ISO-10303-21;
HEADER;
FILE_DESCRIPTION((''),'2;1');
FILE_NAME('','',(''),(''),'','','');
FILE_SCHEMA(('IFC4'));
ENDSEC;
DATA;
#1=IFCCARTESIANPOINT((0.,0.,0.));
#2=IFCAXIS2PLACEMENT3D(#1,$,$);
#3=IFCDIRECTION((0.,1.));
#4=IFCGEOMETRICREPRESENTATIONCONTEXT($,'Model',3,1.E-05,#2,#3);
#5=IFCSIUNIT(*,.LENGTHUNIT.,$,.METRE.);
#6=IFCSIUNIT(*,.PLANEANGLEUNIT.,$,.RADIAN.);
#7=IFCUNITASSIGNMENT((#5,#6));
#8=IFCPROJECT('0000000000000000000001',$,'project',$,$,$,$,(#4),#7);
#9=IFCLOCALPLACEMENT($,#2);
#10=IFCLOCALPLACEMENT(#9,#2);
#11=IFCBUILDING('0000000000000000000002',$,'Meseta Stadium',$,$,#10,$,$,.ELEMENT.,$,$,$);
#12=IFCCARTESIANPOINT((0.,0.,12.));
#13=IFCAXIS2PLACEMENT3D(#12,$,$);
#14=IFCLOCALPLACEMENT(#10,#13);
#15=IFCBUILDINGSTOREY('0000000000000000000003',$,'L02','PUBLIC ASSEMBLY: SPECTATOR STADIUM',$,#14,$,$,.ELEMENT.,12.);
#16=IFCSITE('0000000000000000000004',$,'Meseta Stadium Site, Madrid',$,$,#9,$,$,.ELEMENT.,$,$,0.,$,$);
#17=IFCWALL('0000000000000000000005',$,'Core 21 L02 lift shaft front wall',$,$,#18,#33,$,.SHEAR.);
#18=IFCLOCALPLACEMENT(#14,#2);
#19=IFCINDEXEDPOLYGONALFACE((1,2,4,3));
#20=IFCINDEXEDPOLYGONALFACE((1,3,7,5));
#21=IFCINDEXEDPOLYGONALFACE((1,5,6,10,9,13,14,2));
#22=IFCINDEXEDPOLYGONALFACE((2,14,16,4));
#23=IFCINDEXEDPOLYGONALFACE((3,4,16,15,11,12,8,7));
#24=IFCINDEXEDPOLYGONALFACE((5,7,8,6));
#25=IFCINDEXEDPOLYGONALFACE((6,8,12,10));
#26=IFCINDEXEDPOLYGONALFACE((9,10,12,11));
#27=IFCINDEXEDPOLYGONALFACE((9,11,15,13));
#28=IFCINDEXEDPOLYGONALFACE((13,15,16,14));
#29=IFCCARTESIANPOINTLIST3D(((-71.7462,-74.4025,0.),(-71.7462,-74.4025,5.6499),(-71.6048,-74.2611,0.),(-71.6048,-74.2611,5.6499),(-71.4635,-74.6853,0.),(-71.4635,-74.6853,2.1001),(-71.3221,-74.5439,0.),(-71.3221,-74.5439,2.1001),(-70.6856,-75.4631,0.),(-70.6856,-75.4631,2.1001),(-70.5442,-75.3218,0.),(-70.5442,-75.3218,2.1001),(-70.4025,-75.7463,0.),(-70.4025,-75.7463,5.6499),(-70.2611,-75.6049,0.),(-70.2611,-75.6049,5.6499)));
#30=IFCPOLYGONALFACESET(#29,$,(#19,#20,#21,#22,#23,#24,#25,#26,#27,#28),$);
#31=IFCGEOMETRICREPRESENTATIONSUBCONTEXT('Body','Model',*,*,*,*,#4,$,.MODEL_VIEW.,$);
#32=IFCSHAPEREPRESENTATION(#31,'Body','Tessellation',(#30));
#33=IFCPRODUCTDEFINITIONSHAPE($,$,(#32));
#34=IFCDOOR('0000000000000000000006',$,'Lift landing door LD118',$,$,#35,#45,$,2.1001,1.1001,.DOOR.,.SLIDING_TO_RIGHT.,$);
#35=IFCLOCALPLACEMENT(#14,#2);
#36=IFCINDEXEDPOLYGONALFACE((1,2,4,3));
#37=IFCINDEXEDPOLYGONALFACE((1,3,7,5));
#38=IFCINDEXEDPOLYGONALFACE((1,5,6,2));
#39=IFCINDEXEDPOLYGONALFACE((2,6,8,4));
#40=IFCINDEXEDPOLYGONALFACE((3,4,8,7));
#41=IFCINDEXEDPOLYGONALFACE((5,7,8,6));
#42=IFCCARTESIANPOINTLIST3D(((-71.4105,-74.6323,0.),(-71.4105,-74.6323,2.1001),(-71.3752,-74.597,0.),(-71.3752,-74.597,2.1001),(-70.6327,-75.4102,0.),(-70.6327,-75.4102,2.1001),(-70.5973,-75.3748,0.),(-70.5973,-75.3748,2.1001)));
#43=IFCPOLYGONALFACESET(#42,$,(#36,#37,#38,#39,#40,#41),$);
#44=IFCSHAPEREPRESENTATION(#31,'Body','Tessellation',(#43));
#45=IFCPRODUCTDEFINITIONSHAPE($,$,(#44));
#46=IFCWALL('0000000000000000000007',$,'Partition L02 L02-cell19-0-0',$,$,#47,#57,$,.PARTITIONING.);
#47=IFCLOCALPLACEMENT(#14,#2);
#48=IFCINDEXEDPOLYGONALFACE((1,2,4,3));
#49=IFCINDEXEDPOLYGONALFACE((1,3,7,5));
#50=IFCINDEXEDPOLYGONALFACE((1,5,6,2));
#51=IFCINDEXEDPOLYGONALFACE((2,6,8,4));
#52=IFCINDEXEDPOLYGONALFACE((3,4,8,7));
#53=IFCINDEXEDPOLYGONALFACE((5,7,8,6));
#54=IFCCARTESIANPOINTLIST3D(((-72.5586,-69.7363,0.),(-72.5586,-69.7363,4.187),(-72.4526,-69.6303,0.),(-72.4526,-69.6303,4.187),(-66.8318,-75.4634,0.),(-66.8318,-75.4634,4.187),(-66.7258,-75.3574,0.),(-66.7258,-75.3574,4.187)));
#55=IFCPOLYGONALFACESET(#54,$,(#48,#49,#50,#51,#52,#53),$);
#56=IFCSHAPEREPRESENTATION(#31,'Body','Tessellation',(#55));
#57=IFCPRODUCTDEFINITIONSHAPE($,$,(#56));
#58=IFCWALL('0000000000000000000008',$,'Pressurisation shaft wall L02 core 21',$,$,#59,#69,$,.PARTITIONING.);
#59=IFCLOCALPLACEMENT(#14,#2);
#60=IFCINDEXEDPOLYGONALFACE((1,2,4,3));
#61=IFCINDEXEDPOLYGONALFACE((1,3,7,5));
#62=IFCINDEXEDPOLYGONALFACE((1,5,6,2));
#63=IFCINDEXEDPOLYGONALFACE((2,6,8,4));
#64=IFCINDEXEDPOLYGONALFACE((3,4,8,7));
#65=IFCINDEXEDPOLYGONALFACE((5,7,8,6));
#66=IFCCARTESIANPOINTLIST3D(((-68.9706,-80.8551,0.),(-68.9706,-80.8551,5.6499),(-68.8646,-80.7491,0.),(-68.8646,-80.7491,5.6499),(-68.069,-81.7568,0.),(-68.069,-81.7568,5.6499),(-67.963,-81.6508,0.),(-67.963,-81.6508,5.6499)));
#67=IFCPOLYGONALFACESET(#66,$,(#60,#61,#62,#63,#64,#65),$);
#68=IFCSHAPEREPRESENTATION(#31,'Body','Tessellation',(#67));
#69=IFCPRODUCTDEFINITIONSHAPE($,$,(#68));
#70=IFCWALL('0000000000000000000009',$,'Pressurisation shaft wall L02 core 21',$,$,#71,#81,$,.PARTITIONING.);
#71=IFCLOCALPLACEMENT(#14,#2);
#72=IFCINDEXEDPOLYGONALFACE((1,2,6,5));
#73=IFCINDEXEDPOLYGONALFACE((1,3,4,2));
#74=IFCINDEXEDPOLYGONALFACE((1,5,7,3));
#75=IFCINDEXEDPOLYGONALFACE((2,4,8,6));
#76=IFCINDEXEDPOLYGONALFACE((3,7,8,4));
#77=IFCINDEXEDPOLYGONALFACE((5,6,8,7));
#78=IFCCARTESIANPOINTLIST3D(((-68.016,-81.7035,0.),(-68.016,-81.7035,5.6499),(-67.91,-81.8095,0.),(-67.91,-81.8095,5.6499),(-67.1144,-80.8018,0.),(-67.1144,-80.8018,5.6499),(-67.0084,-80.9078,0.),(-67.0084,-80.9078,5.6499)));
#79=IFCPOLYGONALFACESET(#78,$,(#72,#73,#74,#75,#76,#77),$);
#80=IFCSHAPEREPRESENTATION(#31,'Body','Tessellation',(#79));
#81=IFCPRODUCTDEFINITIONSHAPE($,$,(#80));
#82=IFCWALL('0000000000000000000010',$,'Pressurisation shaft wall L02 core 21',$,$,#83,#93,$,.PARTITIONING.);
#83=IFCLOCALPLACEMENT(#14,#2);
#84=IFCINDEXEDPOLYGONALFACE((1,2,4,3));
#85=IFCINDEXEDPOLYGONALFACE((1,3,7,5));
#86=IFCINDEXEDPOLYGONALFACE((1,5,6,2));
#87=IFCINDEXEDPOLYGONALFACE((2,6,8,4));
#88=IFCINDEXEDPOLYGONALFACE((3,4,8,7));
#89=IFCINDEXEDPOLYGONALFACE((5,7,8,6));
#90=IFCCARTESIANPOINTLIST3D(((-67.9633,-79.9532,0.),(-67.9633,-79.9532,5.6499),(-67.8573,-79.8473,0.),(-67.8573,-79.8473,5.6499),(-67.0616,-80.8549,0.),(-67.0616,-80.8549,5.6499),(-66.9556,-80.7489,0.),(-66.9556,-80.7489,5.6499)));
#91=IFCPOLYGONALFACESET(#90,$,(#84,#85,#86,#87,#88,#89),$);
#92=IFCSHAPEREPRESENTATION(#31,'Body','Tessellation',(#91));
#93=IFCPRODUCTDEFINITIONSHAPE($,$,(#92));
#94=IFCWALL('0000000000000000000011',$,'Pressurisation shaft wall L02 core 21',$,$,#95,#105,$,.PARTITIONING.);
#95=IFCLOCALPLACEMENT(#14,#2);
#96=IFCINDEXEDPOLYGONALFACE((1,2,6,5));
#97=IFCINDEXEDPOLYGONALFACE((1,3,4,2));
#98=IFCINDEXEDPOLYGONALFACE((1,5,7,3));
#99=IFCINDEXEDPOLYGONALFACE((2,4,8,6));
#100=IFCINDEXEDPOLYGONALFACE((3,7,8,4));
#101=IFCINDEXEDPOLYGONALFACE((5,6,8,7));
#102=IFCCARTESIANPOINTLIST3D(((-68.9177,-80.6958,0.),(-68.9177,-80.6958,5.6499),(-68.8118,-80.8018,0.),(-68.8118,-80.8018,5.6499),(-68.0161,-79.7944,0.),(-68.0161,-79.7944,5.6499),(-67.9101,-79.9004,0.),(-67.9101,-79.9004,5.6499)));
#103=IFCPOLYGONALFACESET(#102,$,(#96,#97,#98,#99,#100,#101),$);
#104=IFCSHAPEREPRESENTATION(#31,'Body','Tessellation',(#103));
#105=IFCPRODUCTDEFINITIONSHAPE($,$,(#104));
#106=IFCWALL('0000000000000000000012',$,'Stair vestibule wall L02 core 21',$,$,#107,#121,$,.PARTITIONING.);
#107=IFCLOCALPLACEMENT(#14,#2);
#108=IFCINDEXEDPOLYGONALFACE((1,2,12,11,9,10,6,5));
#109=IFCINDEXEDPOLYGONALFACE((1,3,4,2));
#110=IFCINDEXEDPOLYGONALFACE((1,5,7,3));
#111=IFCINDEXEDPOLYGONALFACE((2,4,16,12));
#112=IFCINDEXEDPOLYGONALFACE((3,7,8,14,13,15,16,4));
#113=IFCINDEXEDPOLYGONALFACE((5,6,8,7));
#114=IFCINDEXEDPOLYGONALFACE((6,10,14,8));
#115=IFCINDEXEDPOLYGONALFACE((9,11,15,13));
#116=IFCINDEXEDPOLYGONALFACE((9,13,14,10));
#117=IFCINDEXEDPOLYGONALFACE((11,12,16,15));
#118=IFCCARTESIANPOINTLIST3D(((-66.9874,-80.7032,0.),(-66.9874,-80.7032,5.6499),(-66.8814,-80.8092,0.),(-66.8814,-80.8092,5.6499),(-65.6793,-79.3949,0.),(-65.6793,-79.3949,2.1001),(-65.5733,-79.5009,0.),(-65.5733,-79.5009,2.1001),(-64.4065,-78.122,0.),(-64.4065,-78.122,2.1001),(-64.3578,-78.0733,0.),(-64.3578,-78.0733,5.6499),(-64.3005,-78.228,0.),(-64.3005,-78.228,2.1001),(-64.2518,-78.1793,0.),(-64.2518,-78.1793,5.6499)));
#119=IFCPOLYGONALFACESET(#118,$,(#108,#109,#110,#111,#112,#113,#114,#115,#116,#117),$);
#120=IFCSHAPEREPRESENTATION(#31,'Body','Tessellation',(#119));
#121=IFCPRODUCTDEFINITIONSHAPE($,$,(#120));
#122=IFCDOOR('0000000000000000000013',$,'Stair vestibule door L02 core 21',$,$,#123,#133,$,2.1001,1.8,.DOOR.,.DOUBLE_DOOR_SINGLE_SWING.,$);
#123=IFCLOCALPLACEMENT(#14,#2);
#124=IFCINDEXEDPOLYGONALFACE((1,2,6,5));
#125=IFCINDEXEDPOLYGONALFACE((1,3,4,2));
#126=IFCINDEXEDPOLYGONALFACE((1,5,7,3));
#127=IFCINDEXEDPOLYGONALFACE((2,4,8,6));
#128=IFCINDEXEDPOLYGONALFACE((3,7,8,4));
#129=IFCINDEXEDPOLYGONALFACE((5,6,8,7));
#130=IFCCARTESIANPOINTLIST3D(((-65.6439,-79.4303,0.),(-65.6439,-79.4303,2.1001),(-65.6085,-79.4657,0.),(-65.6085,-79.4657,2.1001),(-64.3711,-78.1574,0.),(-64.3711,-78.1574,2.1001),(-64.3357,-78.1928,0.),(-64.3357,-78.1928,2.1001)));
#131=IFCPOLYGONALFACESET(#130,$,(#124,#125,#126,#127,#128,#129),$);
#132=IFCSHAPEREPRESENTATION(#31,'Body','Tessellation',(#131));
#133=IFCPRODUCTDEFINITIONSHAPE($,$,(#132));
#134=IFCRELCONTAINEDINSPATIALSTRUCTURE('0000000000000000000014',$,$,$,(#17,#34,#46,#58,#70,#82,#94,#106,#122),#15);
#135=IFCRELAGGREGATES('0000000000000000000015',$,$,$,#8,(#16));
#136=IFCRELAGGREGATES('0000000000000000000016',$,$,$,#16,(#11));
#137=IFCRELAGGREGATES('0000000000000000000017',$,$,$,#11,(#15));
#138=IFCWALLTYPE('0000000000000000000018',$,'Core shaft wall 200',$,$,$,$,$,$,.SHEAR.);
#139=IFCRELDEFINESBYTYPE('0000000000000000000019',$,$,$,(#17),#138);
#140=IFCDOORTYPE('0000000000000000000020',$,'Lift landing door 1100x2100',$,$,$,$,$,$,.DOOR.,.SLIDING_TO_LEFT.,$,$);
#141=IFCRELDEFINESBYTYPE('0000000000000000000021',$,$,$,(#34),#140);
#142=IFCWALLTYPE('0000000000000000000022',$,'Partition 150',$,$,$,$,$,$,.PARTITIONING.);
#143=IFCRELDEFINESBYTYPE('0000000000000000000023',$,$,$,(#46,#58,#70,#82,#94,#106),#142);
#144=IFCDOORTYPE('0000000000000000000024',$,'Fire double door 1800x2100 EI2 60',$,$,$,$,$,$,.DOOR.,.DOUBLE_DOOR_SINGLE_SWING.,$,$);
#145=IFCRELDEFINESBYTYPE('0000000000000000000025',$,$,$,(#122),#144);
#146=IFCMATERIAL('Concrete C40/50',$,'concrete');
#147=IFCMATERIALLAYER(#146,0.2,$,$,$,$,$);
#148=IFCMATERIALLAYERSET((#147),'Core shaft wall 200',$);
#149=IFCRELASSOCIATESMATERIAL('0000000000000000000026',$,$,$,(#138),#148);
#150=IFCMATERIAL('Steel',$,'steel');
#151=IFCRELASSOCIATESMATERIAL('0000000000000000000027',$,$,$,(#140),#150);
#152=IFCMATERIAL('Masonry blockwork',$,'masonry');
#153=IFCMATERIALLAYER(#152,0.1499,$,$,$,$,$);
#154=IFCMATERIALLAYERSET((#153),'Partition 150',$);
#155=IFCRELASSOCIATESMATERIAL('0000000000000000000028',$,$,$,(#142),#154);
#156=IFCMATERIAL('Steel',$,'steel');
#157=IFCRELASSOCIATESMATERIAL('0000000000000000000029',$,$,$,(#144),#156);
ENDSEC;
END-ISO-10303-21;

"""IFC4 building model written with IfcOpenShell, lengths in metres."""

from ifc_helpers import new_model, si_unit, direction, frame, frame_2d, origin, place, context, subcontext, project, spatial, rectangle, extrude, material, layer, layer_set, type_object, element, fill, save


model = new_model("IFC4")

# Units and contexts
model_context = context("Model", 3, precision=1e-05, world=origin(), true_north=direction((0.0, 1.0)))
body_context = subcontext(model_context, "Body", "Model", "MODEL_VIEW")
ifc_project = project(units=[si_unit("LENGTHUNIT", "METRE"), si_unit("PLANEANGLEUNIT", "RADIAN")], contexts=[model_context])

# Site, building, storey
site_placement = place(None, origin())
site = spatial("IfcSite", under=ifc_project, at=site_placement, Name="Meseta Stadium Site, Madrid", CompositionType="ELEMENT", RefElevation=0.0)
building_placement = place(site_placement, origin())
building = spatial("IfcBuilding", under=site, at=building_placement, Name="Meseta Stadium", CompositionType="ELEMENT")
storey_placement = place(building_placement, frame((0.0, 0.0, 12.0)))
storey = spatial("IfcBuildingStorey", under=building, at=storey_placement, Name="L02", Description="PUBLIC ASSEMBLY: SPECTATOR STADIUM", CompositionType="ELEMENT", Elevation=12.0)

# Shared definitions
ifc_material_1 = material(Name="Concrete C40/50", Category="concrete")
ifc_layer_1 = layer(ifc_material_1, 0.2)
ifc_layer_set_1 = layer_set([ifc_layer_1], Name="Core shaft wall 200")
wall_type_1 = type_object("IfcWallType", Name="Core shaft wall 200", PredefinedType="SHEAR", material=ifc_layer_set_1)

# Wall, opening, door
wall_1_placement = place(storey_placement, frame((-71.6755, -74.3318, 0.0), z_axis=(0.0, 0.0, 1.0), x_axis=(0.707107, -0.707107, 0.0)))
wall_1 = element("IfcWall", 1, at=wall_1_placement, inside=storey, type_object=wall_type_1, Name="Core 21 L02 lift shaft front wall", PredefinedType="SHEAR", context=body_context, shape_type="SweptSolid", body=[
    extrude(rectangle(XDim=1.9004, YDim=0.2, at=frame_2d((0.9502, 0.0))), origin(), (0.0, 0.0, 1.0), 5.6499),
])
opening_1_placement = place(wall_1_placement, frame((0.3999, 0.0, 0.0)))
opening_1 = element("IfcOpeningElement", 2, at=opening_1_placement, cuts=wall_1, PredefinedType="OPENING", context=body_context, shape_type="SweptSolid", body=[
    extrude(rectangle(XDim=1.1001, YDim=2.1001, at=frame_2d((0.55, 1.05))), frame((0.0, 0.1099, 0.0), z_axis=(0.0, -1.0, 0.0), x_axis=(1.0, 0.0, 0.0)), (0.0, 0.0, 1.0), 0.22),
])
ifc_material_2 = material(Name="Steel", Category="steel")
door_type_1 = type_object("IfcDoorType", Name="Lift landing door 1100x2100", OperationType="SLIDING_TO_LEFT", PredefinedType="DOOR", material=ifc_material_2)
door_1_placement = place(opening_1_placement, origin())
door_1 = element("IfcDoor", 3, at=door_1_placement, inside=storey, type_object=door_type_1, Name="Lift landing door LD118", OperationType="SLIDING_TO_RIGHT", OverallHeight=2.1001, OverallWidth=1.1001, PredefinedType="DOOR", context=body_context, shape_type="SweptSolid", body=[
    extrude(rectangle(XDim=1.1001, YDim=2.1001, at=frame_2d((0.55, 1.05))), frame((0.0, 0.0249, 0.0), z_axis=(0.0, -1.0, 0.0), x_axis=(1.0, 0.0, 0.0)), (0.0, 0.0, 1.0), 0.05),
])
fill(opening_1, door_1)

# Walls
ifc_material_3 = material(Name="Masonry blockwork", Category="masonry")
ifc_layer_2 = layer(ifc_material_3, 0.1499)
ifc_layer_set_2 = layer_set([ifc_layer_2], Name="Partition 150")
wall_type_2 = type_object("IfcWallType", Name="Partition 150", PredefinedType="PARTITIONING", material=ifc_layer_set_2)
wall_2_placement = place(storey_placement, frame((-66.7788, -75.4104, 0.0), z_axis=(0.0, 0.0, 1.0), x_axis=(-0.707092, 0.707122, 0.0)))
element("IfcWall", 4, at=wall_2_placement, inside=storey, type_object=wall_type_2, Name="Partition L02 L02-cell19-0-0", PredefinedType="PARTITIONING", context=body_context, shape_type="SweptSolid", body=[
    extrude(rectangle(XDim=8.0991, YDim=0.1499, at=frame_2d((4.0496, 0.0))), origin(), (0.0, 0.0, 1.0), 4.187),
])
for number, where, z_axis, x_axis, name in (
    (5, (-68.9177, -80.802, 0.0), (0.0, 0.0, 1.0), (0.707107, -0.707107, 0.0), "Pressurisation shaft wall L02 core 21"),
    (6, (-67.9631, -81.7566, 0.0), (0.0, 0.0, 1.0), (0.707107, 0.707107, 0.0), "Pressurisation shaft wall L02 core 21"),
    (7, (-67.0085, -80.802, 0.0), (0.0, 0.0, 1.0), (-0.707107, 0.707107, 0.0), "Pressurisation shaft wall L02 core 21"),
):
    element("IfcWall", number, at=place(storey_placement, frame(where, z_axis=z_axis, x_axis=x_axis)), inside=storey, type_object=wall_type_2, Name=name, PredefinedType="PARTITIONING", context=body_context, shape_type="SweptSolid", body=[
        extrude(rectangle(XDim=1.2751, YDim=0.1499, at=frame_2d((0.6377, 0.0))), origin(), (0.0, 0.0, 1.0), 5.6499),
    ])
wall_3_placement = place(storey_placement, frame((-67.9631, -79.8474, 0.0), z_axis=(0.0, 0.0, 1.0), x_axis=(-0.707203, -0.707011, 0.0)))
element("IfcWall", 8, at=wall_3_placement, inside=storey, type_object=wall_type_2, Name="Pressurisation shaft wall L02 core 21", PredefinedType="PARTITIONING", context=body_context, shape_type="SweptSolid", body=[
    extrude(rectangle(XDim=1.2749, YDim=0.1499, at=frame_2d((0.6375, 0.0))), origin(), (0.0, 0.0, 1.0), 5.6499),
])

# Wall, opening, door
wall_4_placement = place(storey_placement, frame((-66.9343, -80.7561, 0.0), z_axis=(0.0, 0.0, 1.0), x_axis=(0.707074, 0.70714, 0.0)))
wall_4 = element("IfcWall", 9, at=wall_4_placement, inside=storey, type_object=wall_type_2, Name="Stair vestibule wall L02 core 21", PredefinedType="PARTITIONING", context=body_context, shape_type="SweptSolid", body=[
    extrude(rectangle(XDim=3.719, YDim=0.1499, at=frame_2d((1.8594, 0.0))), origin(), (0.0, 0.0, 1.0), 5.6499),
])
opening_2_placement = place(wall_4_placement, frame((1.8501, 0.0, 0.0)))
opening_2 = element("IfcOpeningElement", 10, at=opening_2_placement, cuts=wall_4, PredefinedType="OPENING", context=body_context, shape_type="SweptSolid", body=[
    extrude(rectangle(XDim=1.8, YDim=2.1001, at=frame_2d((0.8999, 1.05))), frame((0.0, 0.085, 0.0), z_axis=(0.0, -1.0, 0.0), x_axis=(1.0, 0.0, 0.0)), (0.0, 0.0, 1.0), 0.1699),
])
ifc_material_4 = material(Name="Steel", Category="steel")
door_type_2 = type_object("IfcDoorType", Name="Fire double door 1800x2100 EI2 60", OperationType="DOUBLE_DOOR_SINGLE_SWING", PredefinedType="DOOR", material=ifc_material_4)
door_2_placement = place(opening_2_placement, origin())
door_2 = element("IfcDoor", 11, at=door_2_placement, inside=storey, type_object=door_type_2, Name="Stair vestibule door L02 core 21", OperationType="DOUBLE_DOOR_SINGLE_SWING", OverallHeight=2.1001, OverallWidth=1.8, PredefinedType="DOOR", context=body_context, shape_type="SweptSolid", body=[
    extrude(rectangle(XDim=1.8, YDim=2.1001, at=frame_2d((0.8999, 1.05))), frame((0.0, 0.0249, 0.0), z_axis=(0.0, -1.0, 0.0), x_axis=(1.0, 0.0, 0.0)), (0.0, 0.0, 1.0), 0.05),
])
fill(opening_2, door_2)

save(model, "model.ifc")
